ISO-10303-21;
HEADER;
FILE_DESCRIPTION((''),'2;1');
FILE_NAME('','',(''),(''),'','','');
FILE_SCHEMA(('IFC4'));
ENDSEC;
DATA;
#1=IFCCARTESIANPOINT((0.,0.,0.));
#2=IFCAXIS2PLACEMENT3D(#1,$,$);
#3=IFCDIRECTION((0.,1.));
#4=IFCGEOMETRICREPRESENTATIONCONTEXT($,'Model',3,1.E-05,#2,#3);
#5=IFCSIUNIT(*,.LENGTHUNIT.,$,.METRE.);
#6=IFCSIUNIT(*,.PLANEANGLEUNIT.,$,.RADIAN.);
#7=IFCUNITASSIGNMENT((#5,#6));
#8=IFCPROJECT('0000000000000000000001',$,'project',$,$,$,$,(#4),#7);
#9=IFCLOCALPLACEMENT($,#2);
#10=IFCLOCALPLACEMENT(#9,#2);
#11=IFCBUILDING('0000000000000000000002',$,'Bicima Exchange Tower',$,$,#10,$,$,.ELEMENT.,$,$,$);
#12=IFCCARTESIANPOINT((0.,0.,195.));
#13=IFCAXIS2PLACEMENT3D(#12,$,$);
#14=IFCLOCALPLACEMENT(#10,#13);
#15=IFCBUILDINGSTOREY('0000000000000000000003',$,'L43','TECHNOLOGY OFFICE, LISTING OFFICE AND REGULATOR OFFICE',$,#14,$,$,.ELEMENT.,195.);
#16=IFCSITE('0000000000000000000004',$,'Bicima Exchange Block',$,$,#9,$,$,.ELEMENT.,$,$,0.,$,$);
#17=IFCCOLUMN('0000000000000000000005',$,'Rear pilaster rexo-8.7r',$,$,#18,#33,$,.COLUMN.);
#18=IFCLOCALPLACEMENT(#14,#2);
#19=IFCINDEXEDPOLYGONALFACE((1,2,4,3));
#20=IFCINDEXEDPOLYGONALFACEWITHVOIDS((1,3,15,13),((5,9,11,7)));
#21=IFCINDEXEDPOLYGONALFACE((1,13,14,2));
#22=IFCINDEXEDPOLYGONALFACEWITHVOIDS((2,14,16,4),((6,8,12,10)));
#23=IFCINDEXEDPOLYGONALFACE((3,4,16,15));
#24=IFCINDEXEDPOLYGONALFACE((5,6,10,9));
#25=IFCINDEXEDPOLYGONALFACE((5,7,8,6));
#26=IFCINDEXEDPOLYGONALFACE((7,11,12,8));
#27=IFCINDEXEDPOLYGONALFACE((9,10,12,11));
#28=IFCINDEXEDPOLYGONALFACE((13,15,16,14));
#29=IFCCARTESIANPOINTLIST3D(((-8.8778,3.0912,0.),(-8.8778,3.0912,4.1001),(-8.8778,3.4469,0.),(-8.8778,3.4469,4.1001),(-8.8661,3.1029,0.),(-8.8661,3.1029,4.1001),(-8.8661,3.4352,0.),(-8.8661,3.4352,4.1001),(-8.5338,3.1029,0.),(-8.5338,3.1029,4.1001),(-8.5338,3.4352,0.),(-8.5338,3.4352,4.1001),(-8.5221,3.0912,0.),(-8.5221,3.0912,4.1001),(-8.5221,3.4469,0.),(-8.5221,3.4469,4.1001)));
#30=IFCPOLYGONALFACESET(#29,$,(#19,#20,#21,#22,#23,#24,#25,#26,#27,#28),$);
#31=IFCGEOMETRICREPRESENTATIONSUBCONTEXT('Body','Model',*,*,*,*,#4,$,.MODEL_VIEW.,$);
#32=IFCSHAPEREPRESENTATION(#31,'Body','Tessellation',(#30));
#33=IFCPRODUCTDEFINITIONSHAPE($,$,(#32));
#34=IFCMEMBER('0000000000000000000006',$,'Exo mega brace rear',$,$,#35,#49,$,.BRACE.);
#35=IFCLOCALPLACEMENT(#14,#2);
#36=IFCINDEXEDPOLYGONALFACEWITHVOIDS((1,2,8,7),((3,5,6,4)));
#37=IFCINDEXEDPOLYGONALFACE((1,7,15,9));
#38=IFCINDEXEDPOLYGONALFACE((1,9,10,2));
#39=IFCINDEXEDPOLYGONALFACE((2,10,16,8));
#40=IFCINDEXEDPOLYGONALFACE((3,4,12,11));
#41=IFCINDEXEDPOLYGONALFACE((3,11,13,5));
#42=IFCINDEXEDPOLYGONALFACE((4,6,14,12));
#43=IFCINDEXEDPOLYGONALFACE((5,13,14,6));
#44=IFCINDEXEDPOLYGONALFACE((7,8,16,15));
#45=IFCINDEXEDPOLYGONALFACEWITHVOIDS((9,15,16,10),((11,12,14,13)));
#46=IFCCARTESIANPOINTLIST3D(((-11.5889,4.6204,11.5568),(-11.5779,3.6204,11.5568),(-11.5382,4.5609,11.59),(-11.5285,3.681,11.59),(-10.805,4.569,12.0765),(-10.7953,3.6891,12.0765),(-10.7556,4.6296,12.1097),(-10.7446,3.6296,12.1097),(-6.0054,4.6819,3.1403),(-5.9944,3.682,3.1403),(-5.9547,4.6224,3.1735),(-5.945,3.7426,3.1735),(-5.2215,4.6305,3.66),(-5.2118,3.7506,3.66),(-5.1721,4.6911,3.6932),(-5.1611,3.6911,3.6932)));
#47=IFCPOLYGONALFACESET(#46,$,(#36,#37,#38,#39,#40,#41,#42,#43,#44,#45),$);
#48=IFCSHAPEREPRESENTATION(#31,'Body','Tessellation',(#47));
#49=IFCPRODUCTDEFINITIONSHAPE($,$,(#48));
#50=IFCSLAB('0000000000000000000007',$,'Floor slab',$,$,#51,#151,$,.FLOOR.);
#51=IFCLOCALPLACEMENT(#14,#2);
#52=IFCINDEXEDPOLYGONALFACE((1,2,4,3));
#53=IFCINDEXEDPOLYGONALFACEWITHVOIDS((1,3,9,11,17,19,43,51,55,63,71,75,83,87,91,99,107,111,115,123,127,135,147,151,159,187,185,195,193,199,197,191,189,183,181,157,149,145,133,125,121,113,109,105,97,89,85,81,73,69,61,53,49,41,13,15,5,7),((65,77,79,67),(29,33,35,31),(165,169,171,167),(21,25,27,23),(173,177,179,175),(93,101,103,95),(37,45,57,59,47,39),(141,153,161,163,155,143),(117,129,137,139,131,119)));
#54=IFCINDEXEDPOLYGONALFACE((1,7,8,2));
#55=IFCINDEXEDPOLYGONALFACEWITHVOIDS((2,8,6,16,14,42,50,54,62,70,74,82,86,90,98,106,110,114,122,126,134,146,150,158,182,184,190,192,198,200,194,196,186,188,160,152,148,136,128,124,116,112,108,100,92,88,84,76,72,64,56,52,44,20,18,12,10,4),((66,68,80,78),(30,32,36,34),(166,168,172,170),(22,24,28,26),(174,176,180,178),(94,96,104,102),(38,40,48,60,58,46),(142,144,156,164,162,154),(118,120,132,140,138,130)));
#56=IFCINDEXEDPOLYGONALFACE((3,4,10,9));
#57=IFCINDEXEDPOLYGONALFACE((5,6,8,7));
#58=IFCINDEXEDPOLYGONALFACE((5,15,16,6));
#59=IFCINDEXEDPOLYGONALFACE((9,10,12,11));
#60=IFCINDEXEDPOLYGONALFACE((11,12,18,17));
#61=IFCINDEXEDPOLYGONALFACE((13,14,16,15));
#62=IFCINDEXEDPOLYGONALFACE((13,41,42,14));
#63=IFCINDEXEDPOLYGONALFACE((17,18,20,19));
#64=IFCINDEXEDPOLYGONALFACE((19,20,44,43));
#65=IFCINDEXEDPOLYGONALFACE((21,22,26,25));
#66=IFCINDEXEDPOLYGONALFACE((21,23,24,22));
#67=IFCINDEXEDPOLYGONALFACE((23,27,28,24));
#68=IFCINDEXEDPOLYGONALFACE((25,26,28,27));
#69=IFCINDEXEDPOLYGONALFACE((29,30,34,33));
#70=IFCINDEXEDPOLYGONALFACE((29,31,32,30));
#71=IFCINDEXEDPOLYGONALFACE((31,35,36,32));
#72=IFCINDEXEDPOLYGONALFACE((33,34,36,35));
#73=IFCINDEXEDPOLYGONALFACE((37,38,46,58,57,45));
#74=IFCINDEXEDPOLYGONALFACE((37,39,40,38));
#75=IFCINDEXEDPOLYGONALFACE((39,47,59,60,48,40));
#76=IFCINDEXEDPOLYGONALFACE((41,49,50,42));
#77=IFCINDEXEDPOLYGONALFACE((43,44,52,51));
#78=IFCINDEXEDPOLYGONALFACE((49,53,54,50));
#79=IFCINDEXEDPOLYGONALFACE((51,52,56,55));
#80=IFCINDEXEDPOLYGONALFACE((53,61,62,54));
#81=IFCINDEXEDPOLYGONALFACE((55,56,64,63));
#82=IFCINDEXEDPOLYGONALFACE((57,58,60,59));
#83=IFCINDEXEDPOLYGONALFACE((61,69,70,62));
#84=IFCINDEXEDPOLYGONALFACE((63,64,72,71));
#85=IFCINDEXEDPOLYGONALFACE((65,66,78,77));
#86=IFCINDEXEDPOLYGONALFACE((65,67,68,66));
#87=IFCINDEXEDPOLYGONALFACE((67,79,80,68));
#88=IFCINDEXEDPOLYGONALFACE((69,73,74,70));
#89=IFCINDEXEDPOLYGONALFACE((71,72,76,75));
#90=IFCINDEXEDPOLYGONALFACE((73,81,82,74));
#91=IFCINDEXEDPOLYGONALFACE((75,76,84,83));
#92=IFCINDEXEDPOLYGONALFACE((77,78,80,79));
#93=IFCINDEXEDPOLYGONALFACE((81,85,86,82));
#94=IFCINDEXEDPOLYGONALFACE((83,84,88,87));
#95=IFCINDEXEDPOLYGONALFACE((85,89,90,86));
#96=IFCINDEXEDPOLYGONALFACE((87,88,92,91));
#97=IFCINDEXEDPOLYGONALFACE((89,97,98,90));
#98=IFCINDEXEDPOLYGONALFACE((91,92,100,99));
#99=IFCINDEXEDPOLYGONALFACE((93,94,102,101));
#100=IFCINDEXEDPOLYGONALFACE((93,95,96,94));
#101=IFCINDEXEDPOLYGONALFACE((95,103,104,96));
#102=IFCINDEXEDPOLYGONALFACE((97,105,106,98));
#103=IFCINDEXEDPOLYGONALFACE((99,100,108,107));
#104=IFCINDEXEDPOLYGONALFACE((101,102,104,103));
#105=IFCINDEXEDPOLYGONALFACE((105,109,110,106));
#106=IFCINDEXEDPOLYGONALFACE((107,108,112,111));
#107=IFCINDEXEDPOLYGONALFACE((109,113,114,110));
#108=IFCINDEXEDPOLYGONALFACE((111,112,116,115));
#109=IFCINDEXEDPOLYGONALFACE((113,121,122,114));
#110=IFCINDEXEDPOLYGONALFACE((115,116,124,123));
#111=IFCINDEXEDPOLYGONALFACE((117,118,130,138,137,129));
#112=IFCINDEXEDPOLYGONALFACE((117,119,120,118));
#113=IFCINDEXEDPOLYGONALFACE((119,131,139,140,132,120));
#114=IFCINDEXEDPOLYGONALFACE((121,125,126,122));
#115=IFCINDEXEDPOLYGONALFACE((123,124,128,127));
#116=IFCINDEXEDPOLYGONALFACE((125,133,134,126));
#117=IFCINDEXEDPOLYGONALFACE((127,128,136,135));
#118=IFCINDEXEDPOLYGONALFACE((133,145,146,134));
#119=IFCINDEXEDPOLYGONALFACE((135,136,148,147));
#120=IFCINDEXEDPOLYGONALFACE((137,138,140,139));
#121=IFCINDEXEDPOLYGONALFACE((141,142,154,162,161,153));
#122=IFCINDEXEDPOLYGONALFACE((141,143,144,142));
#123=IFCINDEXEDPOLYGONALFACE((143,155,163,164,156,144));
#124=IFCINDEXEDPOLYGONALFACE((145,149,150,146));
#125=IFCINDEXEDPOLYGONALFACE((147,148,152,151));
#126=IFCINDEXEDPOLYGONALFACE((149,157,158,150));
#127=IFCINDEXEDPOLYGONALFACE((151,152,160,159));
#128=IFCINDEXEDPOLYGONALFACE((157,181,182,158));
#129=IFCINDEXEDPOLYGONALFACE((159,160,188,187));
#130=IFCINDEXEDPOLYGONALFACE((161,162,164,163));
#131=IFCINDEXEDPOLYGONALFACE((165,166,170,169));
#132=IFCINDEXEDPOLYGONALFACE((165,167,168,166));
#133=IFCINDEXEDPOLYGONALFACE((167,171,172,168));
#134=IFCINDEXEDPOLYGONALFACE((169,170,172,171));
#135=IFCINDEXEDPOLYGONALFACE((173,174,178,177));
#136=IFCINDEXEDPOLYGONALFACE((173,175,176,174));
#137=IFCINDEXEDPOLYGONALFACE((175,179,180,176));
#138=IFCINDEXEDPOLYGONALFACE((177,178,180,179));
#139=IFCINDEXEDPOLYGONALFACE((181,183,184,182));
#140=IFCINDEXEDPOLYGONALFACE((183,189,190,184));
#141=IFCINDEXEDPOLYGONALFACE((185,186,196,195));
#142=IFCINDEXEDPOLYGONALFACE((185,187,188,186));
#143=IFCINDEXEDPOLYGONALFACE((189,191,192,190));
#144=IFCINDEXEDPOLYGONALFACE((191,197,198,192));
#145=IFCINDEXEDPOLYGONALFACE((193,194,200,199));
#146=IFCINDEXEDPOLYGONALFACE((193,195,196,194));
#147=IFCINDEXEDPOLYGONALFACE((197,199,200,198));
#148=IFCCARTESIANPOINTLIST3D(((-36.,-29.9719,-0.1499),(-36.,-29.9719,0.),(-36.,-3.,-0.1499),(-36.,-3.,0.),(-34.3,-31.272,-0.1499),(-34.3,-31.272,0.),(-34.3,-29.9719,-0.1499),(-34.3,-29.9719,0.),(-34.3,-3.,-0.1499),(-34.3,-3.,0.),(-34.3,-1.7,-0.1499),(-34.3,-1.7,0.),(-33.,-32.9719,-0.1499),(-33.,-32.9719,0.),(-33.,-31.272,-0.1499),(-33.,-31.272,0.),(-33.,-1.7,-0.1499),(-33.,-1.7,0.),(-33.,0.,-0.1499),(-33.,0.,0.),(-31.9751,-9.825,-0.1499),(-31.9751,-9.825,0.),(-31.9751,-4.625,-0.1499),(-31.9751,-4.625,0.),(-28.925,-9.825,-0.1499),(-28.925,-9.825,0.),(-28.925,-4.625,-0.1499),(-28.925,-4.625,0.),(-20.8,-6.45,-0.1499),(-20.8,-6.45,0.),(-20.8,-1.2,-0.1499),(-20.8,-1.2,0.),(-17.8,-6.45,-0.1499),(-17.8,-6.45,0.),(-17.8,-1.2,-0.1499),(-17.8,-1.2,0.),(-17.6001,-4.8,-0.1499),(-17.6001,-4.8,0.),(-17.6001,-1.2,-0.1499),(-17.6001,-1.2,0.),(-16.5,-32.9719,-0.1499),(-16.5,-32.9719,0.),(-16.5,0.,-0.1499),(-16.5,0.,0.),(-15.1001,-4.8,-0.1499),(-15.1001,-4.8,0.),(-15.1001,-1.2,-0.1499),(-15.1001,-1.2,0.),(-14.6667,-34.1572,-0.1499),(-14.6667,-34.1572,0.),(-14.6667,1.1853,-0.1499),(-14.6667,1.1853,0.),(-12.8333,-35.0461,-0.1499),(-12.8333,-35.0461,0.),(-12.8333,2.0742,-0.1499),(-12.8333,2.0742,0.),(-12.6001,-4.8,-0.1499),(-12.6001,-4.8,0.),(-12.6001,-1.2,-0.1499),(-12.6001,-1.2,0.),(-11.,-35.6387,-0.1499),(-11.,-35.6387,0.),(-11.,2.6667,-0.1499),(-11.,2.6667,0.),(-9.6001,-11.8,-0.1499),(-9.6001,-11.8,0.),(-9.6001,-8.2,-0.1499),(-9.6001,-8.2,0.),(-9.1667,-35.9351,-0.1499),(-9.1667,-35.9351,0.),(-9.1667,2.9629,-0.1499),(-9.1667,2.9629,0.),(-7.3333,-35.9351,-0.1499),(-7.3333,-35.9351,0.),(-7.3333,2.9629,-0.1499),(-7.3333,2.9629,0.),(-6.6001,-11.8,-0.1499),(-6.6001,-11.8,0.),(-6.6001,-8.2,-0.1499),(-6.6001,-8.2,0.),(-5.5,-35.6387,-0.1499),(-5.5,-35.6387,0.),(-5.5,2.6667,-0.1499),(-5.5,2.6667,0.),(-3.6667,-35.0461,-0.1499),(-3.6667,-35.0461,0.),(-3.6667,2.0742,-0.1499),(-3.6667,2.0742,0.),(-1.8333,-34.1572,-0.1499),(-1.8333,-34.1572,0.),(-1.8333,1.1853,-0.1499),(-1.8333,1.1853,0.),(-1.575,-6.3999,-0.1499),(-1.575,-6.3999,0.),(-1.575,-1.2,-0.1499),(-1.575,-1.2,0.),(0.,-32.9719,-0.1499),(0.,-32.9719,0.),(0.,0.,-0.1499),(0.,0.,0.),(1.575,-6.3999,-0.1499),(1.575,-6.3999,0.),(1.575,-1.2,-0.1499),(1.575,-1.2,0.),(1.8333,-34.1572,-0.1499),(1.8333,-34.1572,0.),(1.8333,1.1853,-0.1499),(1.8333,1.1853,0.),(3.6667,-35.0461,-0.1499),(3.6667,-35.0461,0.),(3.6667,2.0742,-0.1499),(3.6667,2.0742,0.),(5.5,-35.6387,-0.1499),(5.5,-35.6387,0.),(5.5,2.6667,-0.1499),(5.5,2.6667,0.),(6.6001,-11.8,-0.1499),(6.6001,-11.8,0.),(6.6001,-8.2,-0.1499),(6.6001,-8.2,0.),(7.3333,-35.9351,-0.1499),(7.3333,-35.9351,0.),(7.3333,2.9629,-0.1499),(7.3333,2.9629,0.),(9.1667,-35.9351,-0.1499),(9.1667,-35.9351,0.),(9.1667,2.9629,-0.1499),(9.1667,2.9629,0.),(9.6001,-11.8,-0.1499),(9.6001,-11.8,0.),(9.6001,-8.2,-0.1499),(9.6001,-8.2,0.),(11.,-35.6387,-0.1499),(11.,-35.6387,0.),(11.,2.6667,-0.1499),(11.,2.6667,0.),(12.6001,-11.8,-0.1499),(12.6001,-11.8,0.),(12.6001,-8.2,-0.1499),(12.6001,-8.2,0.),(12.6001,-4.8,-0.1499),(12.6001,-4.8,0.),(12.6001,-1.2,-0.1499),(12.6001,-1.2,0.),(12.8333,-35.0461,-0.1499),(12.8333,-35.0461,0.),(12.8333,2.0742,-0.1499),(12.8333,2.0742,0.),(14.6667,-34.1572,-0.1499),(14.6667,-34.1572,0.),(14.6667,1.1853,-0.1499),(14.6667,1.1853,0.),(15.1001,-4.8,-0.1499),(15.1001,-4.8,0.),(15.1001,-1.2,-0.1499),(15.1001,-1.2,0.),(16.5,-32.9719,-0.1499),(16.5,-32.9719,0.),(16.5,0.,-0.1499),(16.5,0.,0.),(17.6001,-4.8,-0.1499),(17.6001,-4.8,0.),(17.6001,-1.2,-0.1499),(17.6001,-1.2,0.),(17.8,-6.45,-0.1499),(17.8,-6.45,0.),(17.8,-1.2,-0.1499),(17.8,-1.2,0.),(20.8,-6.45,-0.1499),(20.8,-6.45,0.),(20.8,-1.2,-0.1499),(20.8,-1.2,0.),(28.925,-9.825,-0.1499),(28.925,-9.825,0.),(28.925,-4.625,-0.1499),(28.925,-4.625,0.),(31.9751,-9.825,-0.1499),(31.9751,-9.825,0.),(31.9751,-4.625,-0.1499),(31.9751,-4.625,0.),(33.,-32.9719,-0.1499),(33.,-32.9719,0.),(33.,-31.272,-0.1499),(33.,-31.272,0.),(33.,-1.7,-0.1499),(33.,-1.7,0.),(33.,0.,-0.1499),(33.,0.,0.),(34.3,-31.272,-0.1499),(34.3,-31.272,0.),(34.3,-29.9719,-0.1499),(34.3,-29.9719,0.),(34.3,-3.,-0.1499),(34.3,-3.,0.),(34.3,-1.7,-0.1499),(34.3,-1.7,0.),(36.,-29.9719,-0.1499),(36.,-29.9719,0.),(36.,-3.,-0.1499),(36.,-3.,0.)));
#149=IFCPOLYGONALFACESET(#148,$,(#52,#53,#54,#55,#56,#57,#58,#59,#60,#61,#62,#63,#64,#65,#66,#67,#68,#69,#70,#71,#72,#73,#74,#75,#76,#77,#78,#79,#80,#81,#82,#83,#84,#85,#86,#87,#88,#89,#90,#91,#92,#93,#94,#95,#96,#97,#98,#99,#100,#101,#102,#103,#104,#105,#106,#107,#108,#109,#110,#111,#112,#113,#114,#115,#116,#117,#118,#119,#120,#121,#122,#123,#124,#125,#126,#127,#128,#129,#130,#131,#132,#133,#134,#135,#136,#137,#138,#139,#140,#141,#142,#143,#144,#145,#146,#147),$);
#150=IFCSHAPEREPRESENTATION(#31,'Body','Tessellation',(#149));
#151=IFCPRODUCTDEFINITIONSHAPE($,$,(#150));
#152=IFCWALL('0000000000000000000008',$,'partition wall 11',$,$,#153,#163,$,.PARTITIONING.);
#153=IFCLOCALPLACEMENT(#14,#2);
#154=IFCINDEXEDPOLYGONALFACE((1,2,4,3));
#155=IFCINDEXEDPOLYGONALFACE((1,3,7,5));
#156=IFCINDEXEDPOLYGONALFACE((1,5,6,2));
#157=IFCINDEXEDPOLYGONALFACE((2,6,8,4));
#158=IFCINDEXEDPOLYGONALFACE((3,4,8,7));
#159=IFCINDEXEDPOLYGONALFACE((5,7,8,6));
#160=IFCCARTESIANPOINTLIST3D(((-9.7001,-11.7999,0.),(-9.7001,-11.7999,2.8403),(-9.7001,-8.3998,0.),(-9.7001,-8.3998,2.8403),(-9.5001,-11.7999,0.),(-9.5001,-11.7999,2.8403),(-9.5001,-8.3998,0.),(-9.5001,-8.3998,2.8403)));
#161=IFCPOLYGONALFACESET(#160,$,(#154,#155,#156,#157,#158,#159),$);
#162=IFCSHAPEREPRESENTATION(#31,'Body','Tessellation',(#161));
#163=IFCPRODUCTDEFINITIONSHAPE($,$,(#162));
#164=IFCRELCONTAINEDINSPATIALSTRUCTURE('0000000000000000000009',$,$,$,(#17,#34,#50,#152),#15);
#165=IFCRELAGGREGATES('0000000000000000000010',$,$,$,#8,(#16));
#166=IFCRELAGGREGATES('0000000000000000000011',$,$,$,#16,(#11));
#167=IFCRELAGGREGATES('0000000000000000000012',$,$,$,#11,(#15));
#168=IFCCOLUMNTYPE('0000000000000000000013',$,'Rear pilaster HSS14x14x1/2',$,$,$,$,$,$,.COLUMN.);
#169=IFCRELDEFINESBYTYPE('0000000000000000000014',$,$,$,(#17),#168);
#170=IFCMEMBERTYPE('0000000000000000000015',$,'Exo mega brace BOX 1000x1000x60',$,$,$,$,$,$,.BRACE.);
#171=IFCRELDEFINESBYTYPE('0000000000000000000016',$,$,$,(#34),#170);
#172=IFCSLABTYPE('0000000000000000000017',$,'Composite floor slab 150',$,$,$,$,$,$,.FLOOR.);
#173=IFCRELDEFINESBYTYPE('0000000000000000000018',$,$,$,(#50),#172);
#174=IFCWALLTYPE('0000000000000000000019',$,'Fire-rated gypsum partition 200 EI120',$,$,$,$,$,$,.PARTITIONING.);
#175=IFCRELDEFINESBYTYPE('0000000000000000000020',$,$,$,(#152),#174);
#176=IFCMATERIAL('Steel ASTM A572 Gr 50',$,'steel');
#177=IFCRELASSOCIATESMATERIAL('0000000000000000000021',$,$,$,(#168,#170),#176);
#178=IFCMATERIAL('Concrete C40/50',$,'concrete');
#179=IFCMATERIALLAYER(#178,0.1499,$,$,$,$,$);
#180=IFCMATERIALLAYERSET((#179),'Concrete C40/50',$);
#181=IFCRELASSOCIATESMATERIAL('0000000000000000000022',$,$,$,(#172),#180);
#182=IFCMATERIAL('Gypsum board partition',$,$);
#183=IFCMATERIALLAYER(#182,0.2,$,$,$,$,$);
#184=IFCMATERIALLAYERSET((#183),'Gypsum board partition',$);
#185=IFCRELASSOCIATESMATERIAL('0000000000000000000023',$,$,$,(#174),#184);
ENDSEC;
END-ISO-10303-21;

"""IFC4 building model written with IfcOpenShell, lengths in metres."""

from ifc_helpers import new_model, si_unit, direction, frame, frame_2d, origin, origin_2d, place, context, subcontext, project, spatial, polyline, rectangle, hollow_rectangle, outline, extrude, material, layer, layer_set, material_profile, profile_set, type_object, element, save


model = new_model("IFC4")

# Units and contexts
model_context = context("Model", 3, precision=1e-05, world=origin(), true_north=direction((0.0, 1.0)))
body_context = subcontext(model_context, "Body", "Model", "MODEL_VIEW")
ifc_project = project(units=[si_unit("LENGTHUNIT", "METRE"), si_unit("PLANEANGLEUNIT", "RADIAN")], contexts=[model_context])

# Site, building, storey
site_placement = place(None, origin())
site = spatial("IfcSite", under=ifc_project, at=site_placement, Name="Bicima Exchange Block", CompositionType="ELEMENT", RefElevation=0.0)
building_placement = place(site_placement, origin())
building = spatial("IfcBuilding", under=site, at=building_placement, Name="Bicima Exchange Tower", CompositionType="ELEMENT")
storey_placement = place(building_placement, frame((0.0, 0.0, 195.0)))
storey = spatial("IfcBuildingStorey", under=building, at=storey_placement, Name="L43", Description="TECHNOLOGY OFFICE, LISTING OFFICE AND REGULATOR OFFICE", CompositionType="ELEMENT", Elevation=195.0)

# Column
ifc_material_1 = material(Name="Steel ASTM A572 Gr 50", Category="steel")
ifc_material_profile_1 = material_profile(ifc_material_1, hollow_rectangle(XDim=0.3557, YDim=0.3557, WallThickness=0.0117, at=origin_2d()))
ifc_profile_set_1 = profile_set([ifc_material_profile_1], Name="Steel ASTM A572 Gr 50")
column_type = type_object("IfcColumnType", Name="Rear pilaster HSS14x14x1/2", PredefinedType="COLUMN", material=ifc_profile_set_1)
column_placement = place(storey_placement, frame((-8.7, 3.269, 0.0), z_axis=(0.0, 0.0, 1.0), x_axis=(1.0, 0.0, 0.0)))
element("IfcColumn", 1, at=column_placement, inside=storey, type_object=column_type, Name="Rear pilaster rexo-8.7r", PredefinedType="COLUMN", context=body_context, shape_type="SweptSolid", body=[
    extrude(hollow_rectangle(XDim=0.3557, YDim=0.3557, WallThickness=0.0117, at=origin_2d()), origin(), (0.0, 0.0, 1.0), 4.1001),
])

# Member
ifc_material_profile_2 = material_profile(ifc_material_1, hollow_rectangle(XDim=1.0, YDim=1.0, WallThickness=0.0601, at=origin_2d()))
ifc_profile_set_2 = profile_set([ifc_material_profile_2], Name="Steel ASTM A572 Gr 50")
member_type = type_object("IfcMemberType", Name="Exo mega brace BOX 1000x1000x60", PredefinedType="BRACE", material=ifc_profile_set_2)
member_placement = place(storey_placement, frame((-5.5833, 4.1865, 3.4167), z_axis=(-0.552803, -0.006091, 0.83329), x_axis=(0.011018, -0.999939, 0.0)))
element("IfcMember", 2, at=member_placement, inside=storey, type_object=member_type, Name="Exo mega brace rear", PredefinedType="BRACE", context=body_context, shape_type="SweptSolid", body=[
    extrude(hollow_rectangle(XDim=1.0, YDim=1.0, WallThickness=0.0601, at=origin_2d()), origin(), (0.0, 0.0, 1.0), 10.1003),
])

# Slab
ifc_material_2 = material(Name="Concrete C40/50", Category="concrete")
ifc_layer_1 = layer(ifc_material_2, 0.1499)
ifc_layer_set_1 = layer_set([ifc_layer_1], Name="Concrete C40/50")
slab_type = type_object("IfcSlabType", Name="Composite floor slab 150", PredefinedType="FLOOR", material=ifc_layer_set_1)
slab_placement = place(storey_placement, frame((0.0, 0.0, -0.1499)))
element("IfcSlab", 3, at=slab_placement, inside=storey, type_object=slab_type, Name="Floor slab", PredefinedType="FLOOR", context=body_context, shape_type="SweptSolid", body=[
    extrude(outline(polyline([(-36.0, -29.9719), (-36.0, -3.0), (-34.3, -3.0), (-34.3, -1.7), (-33.0, -1.7), (-33.0, 0.0), (-16.5, 0.0), (-14.6667, 1.1853), (-12.8333, 2.0742), (-11.0, 2.6667), (-9.1667, 2.9629), (-7.3333, 2.9629), (-5.5, 2.6667), (-3.6667, 2.0742), (-1.8333, 1.1853), (0.0, 0.0), (1.8333, 1.1853), (3.6667, 2.0742), (5.5, 2.6667), (7.3333, 2.9629), (9.1667, 2.9629), (11.0, 2.6667), (12.8333, 2.0742), (14.6667, 1.1853), (16.5, 0.0), (33.0, 0.0), (33.0, -1.7), (34.3, -1.7), (34.3, -3.0), (36.0, -3.0), (36.0, -29.9719), (34.3, -29.9719), (34.3, -31.272), (33.0, -31.272), (33.0, -32.9719), (16.5, -32.9719), (14.6667, -34.1572), (12.8333, -35.0461), (11.0, -35.6387), (9.1667, -35.9351), (7.3333, -35.9351), (5.5, -35.6387), (3.6667, -35.0461), (1.8333, -34.1572), (0.0, -32.9719), (-1.8333, -34.1572), (-3.6667, -35.0461), (-5.5, -35.6387), (-7.3333, -35.9351), (-9.1667, -35.9351), (-11.0, -35.6387), (-12.8333, -35.0461), (-14.6667, -34.1572), (-16.5, -32.9719), (-33.0, -32.9719), (-33.0, -31.272), (-34.3, -31.272), (-34.3, -29.9719), (-36.0, -29.9719)]), holes=[polyline([(-6.6001, -11.8), (-6.6001, -8.2), (-9.6001, -8.2), (-9.6001, -11.8), (-6.6001, -11.8)]), polyline([(-31.9751, -9.825), (-28.925, -9.825), (-28.925, -4.625), (-31.9751, -4.625), (-31.9751, -9.825)]), polyline([(-20.8, -6.45), (-17.8, -6.45), (-17.8, -1.2), (-20.8, -1.2), (-20.8, -6.45)]), polyline([(1.575, -6.3999), (1.575, -1.2), (-1.575, -1.2), (-1.575, -6.3999), (1.575, -6.3999)]), polyline([(-12.6001, -4.8), (-12.6001, -1.2), (-15.1001, -1.2), (-17.6001, -1.2), (-17.6001, -4.8), (-15.1001, -4.8), (-12.6001, -4.8)]), polyline([(12.6001, -8.2), (9.6001, -8.2), (6.6001, -8.2), (6.6001, -11.8), (9.6001, -11.8), (12.6001, -11.8), (12.6001, -8.2)]), polyline([(28.925, -9.825), (31.9751, -9.825), (31.9751, -4.625), (28.925, -4.625), (28.925, -9.825)]), polyline([(20.8, -6.45), (20.8, -1.2), (17.8, -1.2), (17.8, -6.45), (20.8, -6.45)]), polyline([(17.6001, -4.8), (17.6001, -1.2), (15.1001, -1.2), (12.6001, -1.2), (12.6001, -4.8), (15.1001, -4.8), (17.6001, -4.8)])]), origin(), (0.0, 0.0, 1.0), 0.1499),
])

# Wall
ifc_material_3 = material(Name="Gypsum board partition")
ifc_layer_2 = layer(ifc_material_3, 0.2)
ifc_layer_set_2 = layer_set([ifc_layer_2], Name="Gypsum board partition")
wall_type_1 = type_object("IfcWallType", Name="Fire-rated gypsum partition 200 EI120", PredefinedType="PARTITIONING", material=ifc_layer_set_2)
wall_1_placement = place(storey_placement, frame((-9.6001, -11.8, 0.0), z_axis=(0.0, 0.0, 1.0), x_axis=(0.0, 1.0, 0.0)))
element("IfcWall", 4, at=wall_1_placement, inside=storey, type_object=wall_type_1, Name="partition wall 11", PredefinedType="PARTITIONING", context=body_context, shape_type="SweptSolid", body=[
    extrude(rectangle(XDim=3.4001, YDim=0.2, at=frame_2d((1.7002, 0.0))), origin(), (0.0, 0.0, 1.0), 2.8403),
])

save(model, "model.ifc")
